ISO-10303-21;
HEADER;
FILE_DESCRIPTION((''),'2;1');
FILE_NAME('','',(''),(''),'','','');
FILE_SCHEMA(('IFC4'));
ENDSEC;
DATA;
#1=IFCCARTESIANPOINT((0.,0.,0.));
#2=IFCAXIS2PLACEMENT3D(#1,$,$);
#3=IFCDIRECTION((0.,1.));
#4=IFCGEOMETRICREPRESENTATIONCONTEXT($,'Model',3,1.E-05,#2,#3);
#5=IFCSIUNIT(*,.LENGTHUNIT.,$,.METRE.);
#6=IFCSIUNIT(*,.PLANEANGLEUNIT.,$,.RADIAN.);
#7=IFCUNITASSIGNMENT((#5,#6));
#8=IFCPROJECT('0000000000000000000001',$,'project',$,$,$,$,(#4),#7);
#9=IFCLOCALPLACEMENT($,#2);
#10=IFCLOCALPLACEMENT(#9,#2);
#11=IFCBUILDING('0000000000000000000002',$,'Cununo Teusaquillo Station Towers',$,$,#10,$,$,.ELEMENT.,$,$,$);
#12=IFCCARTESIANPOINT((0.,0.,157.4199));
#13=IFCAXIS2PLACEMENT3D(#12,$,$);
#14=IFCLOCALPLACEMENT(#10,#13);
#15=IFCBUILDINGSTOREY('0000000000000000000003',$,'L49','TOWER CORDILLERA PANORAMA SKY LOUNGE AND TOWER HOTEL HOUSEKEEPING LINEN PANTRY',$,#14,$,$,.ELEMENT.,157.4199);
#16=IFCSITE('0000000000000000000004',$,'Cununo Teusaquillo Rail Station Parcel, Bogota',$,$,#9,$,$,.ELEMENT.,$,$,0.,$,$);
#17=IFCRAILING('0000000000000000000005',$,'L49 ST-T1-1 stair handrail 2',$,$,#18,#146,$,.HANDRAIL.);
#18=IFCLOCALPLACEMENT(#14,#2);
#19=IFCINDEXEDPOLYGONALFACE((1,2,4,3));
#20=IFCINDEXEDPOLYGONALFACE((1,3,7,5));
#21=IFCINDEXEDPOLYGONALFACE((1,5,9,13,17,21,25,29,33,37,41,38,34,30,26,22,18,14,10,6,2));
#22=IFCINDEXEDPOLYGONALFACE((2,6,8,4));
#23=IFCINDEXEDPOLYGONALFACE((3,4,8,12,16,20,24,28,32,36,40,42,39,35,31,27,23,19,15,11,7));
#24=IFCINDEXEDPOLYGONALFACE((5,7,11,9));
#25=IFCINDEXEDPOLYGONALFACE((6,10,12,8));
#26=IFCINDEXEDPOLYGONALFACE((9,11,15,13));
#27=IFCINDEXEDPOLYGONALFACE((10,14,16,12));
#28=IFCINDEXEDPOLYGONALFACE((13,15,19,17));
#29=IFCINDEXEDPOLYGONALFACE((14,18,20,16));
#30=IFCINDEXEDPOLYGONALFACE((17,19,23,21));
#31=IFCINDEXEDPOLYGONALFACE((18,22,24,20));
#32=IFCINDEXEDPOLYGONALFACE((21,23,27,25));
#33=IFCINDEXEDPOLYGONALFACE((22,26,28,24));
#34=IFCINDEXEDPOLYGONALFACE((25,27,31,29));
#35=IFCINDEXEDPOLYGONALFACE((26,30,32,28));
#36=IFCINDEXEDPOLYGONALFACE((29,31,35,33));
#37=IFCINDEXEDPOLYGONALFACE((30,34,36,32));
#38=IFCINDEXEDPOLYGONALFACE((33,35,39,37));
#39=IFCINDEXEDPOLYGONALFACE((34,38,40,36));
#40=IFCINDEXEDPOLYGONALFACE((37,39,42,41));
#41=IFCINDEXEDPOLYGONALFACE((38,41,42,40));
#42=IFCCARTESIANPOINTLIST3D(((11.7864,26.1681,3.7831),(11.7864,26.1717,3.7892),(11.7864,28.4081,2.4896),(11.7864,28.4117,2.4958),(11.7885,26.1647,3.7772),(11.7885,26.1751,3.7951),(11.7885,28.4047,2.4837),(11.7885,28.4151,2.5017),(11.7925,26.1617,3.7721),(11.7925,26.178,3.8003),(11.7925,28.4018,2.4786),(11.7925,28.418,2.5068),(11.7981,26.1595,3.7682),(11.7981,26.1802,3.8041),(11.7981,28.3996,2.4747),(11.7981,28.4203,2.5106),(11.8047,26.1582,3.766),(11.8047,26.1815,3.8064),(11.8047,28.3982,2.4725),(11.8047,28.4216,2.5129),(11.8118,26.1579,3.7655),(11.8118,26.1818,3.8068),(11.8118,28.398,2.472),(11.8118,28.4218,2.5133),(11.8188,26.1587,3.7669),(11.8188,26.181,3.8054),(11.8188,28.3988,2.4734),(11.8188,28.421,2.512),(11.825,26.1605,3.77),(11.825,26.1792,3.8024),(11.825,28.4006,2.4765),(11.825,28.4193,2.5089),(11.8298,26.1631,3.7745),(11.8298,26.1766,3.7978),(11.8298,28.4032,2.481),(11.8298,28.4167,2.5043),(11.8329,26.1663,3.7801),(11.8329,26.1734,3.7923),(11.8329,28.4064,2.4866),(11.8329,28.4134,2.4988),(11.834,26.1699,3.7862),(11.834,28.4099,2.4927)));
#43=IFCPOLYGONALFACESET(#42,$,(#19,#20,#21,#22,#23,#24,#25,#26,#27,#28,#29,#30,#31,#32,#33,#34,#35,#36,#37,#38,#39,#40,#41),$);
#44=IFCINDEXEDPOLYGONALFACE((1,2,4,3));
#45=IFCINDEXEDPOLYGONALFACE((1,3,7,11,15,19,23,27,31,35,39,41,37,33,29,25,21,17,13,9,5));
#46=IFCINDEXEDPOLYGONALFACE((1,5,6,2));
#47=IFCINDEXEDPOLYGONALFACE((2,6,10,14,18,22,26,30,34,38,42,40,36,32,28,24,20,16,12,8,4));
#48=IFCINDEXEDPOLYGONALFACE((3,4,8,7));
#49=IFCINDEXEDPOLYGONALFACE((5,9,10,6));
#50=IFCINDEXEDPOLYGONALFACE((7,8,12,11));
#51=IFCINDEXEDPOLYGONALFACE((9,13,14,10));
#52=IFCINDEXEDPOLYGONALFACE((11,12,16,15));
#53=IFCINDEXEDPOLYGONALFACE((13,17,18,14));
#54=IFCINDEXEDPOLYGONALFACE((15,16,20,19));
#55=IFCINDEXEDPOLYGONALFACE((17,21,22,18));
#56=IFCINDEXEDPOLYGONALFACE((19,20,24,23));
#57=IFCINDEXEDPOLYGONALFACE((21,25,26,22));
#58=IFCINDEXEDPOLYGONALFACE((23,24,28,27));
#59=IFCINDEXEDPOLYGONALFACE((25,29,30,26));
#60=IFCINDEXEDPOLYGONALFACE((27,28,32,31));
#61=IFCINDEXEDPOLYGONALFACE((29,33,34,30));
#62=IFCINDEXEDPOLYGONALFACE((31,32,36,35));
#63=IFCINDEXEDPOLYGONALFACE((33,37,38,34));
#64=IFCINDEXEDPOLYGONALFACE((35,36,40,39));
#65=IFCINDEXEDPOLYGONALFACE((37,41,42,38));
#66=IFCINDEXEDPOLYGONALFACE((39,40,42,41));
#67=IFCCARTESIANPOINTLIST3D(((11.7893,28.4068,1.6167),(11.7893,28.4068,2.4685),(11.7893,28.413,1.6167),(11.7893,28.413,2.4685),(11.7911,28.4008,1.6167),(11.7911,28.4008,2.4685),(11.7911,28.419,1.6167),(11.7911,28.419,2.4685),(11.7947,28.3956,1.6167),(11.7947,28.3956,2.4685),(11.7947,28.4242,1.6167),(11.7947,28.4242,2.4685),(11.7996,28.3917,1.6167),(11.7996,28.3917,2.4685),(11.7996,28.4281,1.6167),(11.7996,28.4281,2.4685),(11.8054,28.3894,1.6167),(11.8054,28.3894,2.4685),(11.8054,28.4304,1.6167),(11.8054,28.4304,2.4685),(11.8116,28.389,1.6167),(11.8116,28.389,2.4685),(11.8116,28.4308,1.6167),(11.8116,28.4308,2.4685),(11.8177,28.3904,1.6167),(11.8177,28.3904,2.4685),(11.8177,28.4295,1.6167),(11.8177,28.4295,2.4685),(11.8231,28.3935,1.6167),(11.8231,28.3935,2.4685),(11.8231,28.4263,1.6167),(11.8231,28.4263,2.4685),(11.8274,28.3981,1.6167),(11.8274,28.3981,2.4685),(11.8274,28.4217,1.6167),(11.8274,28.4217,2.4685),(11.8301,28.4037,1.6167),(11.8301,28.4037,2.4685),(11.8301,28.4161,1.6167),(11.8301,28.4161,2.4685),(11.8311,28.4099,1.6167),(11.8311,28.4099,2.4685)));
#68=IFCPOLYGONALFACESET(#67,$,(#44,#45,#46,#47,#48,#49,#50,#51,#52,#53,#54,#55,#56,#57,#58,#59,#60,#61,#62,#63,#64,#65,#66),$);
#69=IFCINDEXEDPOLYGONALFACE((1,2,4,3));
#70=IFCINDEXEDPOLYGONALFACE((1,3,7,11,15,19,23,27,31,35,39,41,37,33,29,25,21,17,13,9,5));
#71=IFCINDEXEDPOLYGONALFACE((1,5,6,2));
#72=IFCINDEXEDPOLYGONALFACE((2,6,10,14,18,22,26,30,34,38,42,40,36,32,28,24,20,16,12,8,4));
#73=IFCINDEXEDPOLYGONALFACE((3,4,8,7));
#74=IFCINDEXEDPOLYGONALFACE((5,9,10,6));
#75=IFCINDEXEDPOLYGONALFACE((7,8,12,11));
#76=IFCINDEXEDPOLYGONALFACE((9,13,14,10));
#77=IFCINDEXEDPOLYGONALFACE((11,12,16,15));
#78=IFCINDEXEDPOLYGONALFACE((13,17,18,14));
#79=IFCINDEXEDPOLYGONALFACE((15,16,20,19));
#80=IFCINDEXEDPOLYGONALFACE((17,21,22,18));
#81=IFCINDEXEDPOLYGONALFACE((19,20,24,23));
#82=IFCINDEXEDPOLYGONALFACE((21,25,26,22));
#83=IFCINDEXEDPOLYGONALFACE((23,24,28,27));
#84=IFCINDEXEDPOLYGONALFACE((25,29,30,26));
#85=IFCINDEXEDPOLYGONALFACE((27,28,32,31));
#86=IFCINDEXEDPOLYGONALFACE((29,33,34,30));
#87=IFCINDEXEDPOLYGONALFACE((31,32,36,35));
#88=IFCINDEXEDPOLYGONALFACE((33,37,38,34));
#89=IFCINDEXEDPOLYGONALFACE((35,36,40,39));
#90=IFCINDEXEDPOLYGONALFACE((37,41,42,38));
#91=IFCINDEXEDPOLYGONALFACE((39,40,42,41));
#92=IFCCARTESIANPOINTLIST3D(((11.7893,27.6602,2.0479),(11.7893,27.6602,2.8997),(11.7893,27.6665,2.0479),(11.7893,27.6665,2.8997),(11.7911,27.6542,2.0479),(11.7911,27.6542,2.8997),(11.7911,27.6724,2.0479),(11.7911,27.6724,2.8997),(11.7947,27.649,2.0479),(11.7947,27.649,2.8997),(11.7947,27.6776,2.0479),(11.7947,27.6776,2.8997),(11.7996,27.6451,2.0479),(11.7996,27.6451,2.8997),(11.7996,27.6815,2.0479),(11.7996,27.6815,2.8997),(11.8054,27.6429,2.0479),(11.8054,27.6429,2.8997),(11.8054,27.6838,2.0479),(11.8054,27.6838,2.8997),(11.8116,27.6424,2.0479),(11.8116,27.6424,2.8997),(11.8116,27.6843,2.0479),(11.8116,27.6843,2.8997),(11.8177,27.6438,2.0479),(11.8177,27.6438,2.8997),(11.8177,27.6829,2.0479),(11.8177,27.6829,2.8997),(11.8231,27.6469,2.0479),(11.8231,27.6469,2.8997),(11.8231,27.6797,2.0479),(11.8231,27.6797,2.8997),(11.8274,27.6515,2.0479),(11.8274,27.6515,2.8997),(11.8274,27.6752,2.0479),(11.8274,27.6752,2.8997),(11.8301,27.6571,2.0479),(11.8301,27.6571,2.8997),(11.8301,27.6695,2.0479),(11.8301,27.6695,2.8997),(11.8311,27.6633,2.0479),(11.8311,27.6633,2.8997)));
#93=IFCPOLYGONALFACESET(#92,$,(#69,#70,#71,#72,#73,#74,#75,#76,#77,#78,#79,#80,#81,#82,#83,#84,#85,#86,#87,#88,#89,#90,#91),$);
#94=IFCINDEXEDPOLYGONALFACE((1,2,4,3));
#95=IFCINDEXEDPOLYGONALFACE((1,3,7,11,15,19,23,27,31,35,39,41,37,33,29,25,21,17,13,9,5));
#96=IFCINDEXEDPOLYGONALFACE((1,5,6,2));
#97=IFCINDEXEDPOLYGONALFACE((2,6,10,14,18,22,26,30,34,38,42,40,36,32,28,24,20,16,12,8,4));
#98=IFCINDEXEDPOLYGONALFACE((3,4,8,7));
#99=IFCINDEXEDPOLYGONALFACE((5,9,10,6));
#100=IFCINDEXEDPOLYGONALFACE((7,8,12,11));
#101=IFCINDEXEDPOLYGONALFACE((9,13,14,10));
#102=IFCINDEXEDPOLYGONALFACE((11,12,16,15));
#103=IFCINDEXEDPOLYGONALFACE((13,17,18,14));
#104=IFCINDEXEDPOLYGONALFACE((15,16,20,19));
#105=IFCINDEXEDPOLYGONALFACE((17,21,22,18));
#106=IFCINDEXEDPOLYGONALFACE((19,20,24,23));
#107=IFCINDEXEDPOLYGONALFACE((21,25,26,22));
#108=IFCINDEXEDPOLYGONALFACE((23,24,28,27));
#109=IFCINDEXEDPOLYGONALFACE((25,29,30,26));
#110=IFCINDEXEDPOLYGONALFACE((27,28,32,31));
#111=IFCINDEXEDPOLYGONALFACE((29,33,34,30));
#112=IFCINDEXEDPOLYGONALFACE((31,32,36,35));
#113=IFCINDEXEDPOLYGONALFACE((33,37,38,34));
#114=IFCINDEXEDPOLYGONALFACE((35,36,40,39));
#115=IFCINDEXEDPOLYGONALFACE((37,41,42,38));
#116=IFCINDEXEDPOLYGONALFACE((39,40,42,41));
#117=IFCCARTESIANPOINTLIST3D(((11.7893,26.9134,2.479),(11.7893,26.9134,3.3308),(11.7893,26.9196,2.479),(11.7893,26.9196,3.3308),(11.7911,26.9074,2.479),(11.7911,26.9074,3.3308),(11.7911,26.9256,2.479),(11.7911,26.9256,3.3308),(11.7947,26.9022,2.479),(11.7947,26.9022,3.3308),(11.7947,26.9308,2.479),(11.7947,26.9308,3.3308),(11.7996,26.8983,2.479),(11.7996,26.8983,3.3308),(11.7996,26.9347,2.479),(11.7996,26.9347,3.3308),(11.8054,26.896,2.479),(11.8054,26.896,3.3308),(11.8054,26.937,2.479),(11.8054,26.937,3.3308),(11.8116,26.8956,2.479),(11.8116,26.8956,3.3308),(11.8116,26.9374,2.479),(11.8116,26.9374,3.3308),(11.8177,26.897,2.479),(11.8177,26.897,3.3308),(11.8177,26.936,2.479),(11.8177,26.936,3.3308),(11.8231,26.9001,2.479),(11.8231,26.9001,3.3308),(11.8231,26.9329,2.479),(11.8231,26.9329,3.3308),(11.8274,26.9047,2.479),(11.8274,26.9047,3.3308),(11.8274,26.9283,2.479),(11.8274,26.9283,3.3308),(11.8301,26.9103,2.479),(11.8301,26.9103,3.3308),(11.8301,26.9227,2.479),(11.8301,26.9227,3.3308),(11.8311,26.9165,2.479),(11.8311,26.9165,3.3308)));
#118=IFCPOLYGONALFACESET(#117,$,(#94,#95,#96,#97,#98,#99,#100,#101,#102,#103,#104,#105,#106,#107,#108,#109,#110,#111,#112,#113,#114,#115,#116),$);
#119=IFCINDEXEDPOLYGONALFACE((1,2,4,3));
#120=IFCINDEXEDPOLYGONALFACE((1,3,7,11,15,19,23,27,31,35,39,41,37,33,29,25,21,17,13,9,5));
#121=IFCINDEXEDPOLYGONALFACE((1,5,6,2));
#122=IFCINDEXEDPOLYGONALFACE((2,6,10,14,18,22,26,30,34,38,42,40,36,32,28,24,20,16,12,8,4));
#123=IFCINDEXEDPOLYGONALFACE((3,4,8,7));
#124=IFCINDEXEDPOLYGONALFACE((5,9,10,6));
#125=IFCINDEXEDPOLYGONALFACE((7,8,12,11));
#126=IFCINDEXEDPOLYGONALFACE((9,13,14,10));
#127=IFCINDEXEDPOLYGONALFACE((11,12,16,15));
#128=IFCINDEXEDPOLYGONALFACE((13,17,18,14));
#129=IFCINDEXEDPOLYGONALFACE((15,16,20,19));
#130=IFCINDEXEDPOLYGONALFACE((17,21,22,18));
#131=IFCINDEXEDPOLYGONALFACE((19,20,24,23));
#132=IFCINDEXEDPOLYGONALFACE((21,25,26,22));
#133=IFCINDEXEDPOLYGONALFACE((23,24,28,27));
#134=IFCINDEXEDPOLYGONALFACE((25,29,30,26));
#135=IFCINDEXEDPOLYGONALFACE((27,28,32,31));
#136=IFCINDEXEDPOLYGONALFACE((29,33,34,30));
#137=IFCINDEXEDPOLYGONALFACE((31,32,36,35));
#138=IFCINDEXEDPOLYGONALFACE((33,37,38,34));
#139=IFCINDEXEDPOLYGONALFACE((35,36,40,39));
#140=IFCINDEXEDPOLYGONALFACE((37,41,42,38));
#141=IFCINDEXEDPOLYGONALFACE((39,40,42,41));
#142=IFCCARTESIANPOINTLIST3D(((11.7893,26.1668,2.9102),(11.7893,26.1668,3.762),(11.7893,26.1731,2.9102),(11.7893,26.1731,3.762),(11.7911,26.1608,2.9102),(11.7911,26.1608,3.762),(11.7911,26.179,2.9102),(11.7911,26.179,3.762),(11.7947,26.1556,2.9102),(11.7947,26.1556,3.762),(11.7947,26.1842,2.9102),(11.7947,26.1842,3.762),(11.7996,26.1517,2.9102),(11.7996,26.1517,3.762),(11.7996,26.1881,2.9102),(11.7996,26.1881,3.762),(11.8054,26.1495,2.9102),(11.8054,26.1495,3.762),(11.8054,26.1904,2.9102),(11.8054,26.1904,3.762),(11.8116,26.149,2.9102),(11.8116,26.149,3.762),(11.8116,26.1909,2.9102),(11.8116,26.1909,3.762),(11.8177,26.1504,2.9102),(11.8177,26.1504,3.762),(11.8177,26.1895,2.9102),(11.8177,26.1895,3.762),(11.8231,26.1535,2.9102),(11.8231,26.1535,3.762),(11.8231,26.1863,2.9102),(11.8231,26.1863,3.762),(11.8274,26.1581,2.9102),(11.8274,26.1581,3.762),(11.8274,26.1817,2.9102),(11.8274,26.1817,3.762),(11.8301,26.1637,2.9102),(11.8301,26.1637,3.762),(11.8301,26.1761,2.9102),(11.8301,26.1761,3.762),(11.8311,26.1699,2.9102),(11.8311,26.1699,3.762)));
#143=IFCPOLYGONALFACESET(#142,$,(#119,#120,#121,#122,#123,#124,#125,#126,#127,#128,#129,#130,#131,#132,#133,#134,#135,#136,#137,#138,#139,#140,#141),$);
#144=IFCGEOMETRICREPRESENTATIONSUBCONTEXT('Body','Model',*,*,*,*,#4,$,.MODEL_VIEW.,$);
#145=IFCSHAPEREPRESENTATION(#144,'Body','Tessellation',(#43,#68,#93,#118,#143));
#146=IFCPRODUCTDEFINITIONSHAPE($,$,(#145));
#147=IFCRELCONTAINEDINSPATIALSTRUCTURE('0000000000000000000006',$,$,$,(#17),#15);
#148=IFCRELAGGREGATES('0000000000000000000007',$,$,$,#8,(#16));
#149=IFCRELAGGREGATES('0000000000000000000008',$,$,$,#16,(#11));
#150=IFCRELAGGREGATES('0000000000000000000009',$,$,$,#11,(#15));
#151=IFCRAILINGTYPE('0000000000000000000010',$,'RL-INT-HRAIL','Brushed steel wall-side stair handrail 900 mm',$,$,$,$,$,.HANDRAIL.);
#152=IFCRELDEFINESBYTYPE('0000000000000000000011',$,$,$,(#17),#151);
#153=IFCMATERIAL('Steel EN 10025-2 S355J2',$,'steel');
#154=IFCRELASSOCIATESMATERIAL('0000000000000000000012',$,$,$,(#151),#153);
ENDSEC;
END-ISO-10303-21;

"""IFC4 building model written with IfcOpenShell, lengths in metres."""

from ifc_helpers import new_model, si_unit, direction, frame, origin, origin_2d, place, context, subcontext, project, spatial, circle, extrude, material, type_object, element, save


model = new_model("IFC4")

# Units and contexts
model_context = context("Model", 3, precision=1e-05, world=origin(), true_north=direction((0.0, 1.0)))
body_context = subcontext(model_context, "Body", "Model", "MODEL_VIEW")
ifc_project = project(units=[si_unit("LENGTHUNIT", "METRE"), si_unit("PLANEANGLEUNIT", "RADIAN")], contexts=[model_context])

# Site, building, storey
site_placement = place(None, origin())
site = spatial("IfcSite", under=ifc_project, at=site_placement, Name="Cununo Teusaquillo Rail Station Parcel, Bogota", CompositionType="ELEMENT", RefElevation=0.0)
building_placement = place(site_placement, origin())
building = spatial("IfcBuilding", under=site, at=building_placement, Name="Cununo Teusaquillo Station Towers", CompositionType="ELEMENT")
storey_placement = place(building_placement, frame((0.0, 0.0, 157.4199)))
storey = spatial("IfcBuildingStorey", under=building, at=storey_placement, Name="L49", Description="TOWER CORDILLERA PANORAMA SKY LOUNGE AND TOWER HOTEL HOUSEKEEPING LINEN PANTRY", CompositionType="ELEMENT", Elevation=157.4199)

# Railing
ifc_material_1 = material(Name="Steel EN 10025-2 S355J2", Category="steel")
railing_type_1 = type_object("IfcRailingType", Name="RL-INT-HRAIL", Description="Brushed steel wall-side stair handrail 900 mm", PredefinedType="HANDRAIL", material=ifc_material_1)
railing_1_placement = place(storey_placement, frame((11.8101, 28.4099, 1.6167)))
element("IfcRailing", 1, at=railing_1_placement, inside=storey, type_object=railing_type_1, Name="L49 ST-T1-1 stair handrail 2", PredefinedType="HANDRAIL", context=body_context, shape_type="SweptSolid", body=[
    extrude(circle(Radius=0.0239, at=origin_2d()), frame((0.0, 0.0, 0.876), z_axis=(0.0, -0.865992, 0.500057), x_axis=(1.0, 0.0, 0.0)), (0.0, 0.0, 1.0), 2.5867),
    extrude(circle(Radius=0.021, at=origin_2d()), origin(), (0.0, 0.0, 1.0), 0.8518),
    extrude(circle(Radius=0.021, at=origin_2d()), frame((0.0, -0.7466, 0.4312)), (0.0, 0.0, 1.0), 0.8518),
    extrude(circle(Radius=0.021, at=origin_2d()), frame((0.0, -1.4934, 0.8623)), (0.0, 0.0, 1.0), 0.8518),
    extrude(circle(Radius=0.021, at=origin_2d()), frame((0.0, -2.24, 1.2935)), (0.0, 0.0, 1.0), 0.8518),
])

save(model, "model.ifc")
